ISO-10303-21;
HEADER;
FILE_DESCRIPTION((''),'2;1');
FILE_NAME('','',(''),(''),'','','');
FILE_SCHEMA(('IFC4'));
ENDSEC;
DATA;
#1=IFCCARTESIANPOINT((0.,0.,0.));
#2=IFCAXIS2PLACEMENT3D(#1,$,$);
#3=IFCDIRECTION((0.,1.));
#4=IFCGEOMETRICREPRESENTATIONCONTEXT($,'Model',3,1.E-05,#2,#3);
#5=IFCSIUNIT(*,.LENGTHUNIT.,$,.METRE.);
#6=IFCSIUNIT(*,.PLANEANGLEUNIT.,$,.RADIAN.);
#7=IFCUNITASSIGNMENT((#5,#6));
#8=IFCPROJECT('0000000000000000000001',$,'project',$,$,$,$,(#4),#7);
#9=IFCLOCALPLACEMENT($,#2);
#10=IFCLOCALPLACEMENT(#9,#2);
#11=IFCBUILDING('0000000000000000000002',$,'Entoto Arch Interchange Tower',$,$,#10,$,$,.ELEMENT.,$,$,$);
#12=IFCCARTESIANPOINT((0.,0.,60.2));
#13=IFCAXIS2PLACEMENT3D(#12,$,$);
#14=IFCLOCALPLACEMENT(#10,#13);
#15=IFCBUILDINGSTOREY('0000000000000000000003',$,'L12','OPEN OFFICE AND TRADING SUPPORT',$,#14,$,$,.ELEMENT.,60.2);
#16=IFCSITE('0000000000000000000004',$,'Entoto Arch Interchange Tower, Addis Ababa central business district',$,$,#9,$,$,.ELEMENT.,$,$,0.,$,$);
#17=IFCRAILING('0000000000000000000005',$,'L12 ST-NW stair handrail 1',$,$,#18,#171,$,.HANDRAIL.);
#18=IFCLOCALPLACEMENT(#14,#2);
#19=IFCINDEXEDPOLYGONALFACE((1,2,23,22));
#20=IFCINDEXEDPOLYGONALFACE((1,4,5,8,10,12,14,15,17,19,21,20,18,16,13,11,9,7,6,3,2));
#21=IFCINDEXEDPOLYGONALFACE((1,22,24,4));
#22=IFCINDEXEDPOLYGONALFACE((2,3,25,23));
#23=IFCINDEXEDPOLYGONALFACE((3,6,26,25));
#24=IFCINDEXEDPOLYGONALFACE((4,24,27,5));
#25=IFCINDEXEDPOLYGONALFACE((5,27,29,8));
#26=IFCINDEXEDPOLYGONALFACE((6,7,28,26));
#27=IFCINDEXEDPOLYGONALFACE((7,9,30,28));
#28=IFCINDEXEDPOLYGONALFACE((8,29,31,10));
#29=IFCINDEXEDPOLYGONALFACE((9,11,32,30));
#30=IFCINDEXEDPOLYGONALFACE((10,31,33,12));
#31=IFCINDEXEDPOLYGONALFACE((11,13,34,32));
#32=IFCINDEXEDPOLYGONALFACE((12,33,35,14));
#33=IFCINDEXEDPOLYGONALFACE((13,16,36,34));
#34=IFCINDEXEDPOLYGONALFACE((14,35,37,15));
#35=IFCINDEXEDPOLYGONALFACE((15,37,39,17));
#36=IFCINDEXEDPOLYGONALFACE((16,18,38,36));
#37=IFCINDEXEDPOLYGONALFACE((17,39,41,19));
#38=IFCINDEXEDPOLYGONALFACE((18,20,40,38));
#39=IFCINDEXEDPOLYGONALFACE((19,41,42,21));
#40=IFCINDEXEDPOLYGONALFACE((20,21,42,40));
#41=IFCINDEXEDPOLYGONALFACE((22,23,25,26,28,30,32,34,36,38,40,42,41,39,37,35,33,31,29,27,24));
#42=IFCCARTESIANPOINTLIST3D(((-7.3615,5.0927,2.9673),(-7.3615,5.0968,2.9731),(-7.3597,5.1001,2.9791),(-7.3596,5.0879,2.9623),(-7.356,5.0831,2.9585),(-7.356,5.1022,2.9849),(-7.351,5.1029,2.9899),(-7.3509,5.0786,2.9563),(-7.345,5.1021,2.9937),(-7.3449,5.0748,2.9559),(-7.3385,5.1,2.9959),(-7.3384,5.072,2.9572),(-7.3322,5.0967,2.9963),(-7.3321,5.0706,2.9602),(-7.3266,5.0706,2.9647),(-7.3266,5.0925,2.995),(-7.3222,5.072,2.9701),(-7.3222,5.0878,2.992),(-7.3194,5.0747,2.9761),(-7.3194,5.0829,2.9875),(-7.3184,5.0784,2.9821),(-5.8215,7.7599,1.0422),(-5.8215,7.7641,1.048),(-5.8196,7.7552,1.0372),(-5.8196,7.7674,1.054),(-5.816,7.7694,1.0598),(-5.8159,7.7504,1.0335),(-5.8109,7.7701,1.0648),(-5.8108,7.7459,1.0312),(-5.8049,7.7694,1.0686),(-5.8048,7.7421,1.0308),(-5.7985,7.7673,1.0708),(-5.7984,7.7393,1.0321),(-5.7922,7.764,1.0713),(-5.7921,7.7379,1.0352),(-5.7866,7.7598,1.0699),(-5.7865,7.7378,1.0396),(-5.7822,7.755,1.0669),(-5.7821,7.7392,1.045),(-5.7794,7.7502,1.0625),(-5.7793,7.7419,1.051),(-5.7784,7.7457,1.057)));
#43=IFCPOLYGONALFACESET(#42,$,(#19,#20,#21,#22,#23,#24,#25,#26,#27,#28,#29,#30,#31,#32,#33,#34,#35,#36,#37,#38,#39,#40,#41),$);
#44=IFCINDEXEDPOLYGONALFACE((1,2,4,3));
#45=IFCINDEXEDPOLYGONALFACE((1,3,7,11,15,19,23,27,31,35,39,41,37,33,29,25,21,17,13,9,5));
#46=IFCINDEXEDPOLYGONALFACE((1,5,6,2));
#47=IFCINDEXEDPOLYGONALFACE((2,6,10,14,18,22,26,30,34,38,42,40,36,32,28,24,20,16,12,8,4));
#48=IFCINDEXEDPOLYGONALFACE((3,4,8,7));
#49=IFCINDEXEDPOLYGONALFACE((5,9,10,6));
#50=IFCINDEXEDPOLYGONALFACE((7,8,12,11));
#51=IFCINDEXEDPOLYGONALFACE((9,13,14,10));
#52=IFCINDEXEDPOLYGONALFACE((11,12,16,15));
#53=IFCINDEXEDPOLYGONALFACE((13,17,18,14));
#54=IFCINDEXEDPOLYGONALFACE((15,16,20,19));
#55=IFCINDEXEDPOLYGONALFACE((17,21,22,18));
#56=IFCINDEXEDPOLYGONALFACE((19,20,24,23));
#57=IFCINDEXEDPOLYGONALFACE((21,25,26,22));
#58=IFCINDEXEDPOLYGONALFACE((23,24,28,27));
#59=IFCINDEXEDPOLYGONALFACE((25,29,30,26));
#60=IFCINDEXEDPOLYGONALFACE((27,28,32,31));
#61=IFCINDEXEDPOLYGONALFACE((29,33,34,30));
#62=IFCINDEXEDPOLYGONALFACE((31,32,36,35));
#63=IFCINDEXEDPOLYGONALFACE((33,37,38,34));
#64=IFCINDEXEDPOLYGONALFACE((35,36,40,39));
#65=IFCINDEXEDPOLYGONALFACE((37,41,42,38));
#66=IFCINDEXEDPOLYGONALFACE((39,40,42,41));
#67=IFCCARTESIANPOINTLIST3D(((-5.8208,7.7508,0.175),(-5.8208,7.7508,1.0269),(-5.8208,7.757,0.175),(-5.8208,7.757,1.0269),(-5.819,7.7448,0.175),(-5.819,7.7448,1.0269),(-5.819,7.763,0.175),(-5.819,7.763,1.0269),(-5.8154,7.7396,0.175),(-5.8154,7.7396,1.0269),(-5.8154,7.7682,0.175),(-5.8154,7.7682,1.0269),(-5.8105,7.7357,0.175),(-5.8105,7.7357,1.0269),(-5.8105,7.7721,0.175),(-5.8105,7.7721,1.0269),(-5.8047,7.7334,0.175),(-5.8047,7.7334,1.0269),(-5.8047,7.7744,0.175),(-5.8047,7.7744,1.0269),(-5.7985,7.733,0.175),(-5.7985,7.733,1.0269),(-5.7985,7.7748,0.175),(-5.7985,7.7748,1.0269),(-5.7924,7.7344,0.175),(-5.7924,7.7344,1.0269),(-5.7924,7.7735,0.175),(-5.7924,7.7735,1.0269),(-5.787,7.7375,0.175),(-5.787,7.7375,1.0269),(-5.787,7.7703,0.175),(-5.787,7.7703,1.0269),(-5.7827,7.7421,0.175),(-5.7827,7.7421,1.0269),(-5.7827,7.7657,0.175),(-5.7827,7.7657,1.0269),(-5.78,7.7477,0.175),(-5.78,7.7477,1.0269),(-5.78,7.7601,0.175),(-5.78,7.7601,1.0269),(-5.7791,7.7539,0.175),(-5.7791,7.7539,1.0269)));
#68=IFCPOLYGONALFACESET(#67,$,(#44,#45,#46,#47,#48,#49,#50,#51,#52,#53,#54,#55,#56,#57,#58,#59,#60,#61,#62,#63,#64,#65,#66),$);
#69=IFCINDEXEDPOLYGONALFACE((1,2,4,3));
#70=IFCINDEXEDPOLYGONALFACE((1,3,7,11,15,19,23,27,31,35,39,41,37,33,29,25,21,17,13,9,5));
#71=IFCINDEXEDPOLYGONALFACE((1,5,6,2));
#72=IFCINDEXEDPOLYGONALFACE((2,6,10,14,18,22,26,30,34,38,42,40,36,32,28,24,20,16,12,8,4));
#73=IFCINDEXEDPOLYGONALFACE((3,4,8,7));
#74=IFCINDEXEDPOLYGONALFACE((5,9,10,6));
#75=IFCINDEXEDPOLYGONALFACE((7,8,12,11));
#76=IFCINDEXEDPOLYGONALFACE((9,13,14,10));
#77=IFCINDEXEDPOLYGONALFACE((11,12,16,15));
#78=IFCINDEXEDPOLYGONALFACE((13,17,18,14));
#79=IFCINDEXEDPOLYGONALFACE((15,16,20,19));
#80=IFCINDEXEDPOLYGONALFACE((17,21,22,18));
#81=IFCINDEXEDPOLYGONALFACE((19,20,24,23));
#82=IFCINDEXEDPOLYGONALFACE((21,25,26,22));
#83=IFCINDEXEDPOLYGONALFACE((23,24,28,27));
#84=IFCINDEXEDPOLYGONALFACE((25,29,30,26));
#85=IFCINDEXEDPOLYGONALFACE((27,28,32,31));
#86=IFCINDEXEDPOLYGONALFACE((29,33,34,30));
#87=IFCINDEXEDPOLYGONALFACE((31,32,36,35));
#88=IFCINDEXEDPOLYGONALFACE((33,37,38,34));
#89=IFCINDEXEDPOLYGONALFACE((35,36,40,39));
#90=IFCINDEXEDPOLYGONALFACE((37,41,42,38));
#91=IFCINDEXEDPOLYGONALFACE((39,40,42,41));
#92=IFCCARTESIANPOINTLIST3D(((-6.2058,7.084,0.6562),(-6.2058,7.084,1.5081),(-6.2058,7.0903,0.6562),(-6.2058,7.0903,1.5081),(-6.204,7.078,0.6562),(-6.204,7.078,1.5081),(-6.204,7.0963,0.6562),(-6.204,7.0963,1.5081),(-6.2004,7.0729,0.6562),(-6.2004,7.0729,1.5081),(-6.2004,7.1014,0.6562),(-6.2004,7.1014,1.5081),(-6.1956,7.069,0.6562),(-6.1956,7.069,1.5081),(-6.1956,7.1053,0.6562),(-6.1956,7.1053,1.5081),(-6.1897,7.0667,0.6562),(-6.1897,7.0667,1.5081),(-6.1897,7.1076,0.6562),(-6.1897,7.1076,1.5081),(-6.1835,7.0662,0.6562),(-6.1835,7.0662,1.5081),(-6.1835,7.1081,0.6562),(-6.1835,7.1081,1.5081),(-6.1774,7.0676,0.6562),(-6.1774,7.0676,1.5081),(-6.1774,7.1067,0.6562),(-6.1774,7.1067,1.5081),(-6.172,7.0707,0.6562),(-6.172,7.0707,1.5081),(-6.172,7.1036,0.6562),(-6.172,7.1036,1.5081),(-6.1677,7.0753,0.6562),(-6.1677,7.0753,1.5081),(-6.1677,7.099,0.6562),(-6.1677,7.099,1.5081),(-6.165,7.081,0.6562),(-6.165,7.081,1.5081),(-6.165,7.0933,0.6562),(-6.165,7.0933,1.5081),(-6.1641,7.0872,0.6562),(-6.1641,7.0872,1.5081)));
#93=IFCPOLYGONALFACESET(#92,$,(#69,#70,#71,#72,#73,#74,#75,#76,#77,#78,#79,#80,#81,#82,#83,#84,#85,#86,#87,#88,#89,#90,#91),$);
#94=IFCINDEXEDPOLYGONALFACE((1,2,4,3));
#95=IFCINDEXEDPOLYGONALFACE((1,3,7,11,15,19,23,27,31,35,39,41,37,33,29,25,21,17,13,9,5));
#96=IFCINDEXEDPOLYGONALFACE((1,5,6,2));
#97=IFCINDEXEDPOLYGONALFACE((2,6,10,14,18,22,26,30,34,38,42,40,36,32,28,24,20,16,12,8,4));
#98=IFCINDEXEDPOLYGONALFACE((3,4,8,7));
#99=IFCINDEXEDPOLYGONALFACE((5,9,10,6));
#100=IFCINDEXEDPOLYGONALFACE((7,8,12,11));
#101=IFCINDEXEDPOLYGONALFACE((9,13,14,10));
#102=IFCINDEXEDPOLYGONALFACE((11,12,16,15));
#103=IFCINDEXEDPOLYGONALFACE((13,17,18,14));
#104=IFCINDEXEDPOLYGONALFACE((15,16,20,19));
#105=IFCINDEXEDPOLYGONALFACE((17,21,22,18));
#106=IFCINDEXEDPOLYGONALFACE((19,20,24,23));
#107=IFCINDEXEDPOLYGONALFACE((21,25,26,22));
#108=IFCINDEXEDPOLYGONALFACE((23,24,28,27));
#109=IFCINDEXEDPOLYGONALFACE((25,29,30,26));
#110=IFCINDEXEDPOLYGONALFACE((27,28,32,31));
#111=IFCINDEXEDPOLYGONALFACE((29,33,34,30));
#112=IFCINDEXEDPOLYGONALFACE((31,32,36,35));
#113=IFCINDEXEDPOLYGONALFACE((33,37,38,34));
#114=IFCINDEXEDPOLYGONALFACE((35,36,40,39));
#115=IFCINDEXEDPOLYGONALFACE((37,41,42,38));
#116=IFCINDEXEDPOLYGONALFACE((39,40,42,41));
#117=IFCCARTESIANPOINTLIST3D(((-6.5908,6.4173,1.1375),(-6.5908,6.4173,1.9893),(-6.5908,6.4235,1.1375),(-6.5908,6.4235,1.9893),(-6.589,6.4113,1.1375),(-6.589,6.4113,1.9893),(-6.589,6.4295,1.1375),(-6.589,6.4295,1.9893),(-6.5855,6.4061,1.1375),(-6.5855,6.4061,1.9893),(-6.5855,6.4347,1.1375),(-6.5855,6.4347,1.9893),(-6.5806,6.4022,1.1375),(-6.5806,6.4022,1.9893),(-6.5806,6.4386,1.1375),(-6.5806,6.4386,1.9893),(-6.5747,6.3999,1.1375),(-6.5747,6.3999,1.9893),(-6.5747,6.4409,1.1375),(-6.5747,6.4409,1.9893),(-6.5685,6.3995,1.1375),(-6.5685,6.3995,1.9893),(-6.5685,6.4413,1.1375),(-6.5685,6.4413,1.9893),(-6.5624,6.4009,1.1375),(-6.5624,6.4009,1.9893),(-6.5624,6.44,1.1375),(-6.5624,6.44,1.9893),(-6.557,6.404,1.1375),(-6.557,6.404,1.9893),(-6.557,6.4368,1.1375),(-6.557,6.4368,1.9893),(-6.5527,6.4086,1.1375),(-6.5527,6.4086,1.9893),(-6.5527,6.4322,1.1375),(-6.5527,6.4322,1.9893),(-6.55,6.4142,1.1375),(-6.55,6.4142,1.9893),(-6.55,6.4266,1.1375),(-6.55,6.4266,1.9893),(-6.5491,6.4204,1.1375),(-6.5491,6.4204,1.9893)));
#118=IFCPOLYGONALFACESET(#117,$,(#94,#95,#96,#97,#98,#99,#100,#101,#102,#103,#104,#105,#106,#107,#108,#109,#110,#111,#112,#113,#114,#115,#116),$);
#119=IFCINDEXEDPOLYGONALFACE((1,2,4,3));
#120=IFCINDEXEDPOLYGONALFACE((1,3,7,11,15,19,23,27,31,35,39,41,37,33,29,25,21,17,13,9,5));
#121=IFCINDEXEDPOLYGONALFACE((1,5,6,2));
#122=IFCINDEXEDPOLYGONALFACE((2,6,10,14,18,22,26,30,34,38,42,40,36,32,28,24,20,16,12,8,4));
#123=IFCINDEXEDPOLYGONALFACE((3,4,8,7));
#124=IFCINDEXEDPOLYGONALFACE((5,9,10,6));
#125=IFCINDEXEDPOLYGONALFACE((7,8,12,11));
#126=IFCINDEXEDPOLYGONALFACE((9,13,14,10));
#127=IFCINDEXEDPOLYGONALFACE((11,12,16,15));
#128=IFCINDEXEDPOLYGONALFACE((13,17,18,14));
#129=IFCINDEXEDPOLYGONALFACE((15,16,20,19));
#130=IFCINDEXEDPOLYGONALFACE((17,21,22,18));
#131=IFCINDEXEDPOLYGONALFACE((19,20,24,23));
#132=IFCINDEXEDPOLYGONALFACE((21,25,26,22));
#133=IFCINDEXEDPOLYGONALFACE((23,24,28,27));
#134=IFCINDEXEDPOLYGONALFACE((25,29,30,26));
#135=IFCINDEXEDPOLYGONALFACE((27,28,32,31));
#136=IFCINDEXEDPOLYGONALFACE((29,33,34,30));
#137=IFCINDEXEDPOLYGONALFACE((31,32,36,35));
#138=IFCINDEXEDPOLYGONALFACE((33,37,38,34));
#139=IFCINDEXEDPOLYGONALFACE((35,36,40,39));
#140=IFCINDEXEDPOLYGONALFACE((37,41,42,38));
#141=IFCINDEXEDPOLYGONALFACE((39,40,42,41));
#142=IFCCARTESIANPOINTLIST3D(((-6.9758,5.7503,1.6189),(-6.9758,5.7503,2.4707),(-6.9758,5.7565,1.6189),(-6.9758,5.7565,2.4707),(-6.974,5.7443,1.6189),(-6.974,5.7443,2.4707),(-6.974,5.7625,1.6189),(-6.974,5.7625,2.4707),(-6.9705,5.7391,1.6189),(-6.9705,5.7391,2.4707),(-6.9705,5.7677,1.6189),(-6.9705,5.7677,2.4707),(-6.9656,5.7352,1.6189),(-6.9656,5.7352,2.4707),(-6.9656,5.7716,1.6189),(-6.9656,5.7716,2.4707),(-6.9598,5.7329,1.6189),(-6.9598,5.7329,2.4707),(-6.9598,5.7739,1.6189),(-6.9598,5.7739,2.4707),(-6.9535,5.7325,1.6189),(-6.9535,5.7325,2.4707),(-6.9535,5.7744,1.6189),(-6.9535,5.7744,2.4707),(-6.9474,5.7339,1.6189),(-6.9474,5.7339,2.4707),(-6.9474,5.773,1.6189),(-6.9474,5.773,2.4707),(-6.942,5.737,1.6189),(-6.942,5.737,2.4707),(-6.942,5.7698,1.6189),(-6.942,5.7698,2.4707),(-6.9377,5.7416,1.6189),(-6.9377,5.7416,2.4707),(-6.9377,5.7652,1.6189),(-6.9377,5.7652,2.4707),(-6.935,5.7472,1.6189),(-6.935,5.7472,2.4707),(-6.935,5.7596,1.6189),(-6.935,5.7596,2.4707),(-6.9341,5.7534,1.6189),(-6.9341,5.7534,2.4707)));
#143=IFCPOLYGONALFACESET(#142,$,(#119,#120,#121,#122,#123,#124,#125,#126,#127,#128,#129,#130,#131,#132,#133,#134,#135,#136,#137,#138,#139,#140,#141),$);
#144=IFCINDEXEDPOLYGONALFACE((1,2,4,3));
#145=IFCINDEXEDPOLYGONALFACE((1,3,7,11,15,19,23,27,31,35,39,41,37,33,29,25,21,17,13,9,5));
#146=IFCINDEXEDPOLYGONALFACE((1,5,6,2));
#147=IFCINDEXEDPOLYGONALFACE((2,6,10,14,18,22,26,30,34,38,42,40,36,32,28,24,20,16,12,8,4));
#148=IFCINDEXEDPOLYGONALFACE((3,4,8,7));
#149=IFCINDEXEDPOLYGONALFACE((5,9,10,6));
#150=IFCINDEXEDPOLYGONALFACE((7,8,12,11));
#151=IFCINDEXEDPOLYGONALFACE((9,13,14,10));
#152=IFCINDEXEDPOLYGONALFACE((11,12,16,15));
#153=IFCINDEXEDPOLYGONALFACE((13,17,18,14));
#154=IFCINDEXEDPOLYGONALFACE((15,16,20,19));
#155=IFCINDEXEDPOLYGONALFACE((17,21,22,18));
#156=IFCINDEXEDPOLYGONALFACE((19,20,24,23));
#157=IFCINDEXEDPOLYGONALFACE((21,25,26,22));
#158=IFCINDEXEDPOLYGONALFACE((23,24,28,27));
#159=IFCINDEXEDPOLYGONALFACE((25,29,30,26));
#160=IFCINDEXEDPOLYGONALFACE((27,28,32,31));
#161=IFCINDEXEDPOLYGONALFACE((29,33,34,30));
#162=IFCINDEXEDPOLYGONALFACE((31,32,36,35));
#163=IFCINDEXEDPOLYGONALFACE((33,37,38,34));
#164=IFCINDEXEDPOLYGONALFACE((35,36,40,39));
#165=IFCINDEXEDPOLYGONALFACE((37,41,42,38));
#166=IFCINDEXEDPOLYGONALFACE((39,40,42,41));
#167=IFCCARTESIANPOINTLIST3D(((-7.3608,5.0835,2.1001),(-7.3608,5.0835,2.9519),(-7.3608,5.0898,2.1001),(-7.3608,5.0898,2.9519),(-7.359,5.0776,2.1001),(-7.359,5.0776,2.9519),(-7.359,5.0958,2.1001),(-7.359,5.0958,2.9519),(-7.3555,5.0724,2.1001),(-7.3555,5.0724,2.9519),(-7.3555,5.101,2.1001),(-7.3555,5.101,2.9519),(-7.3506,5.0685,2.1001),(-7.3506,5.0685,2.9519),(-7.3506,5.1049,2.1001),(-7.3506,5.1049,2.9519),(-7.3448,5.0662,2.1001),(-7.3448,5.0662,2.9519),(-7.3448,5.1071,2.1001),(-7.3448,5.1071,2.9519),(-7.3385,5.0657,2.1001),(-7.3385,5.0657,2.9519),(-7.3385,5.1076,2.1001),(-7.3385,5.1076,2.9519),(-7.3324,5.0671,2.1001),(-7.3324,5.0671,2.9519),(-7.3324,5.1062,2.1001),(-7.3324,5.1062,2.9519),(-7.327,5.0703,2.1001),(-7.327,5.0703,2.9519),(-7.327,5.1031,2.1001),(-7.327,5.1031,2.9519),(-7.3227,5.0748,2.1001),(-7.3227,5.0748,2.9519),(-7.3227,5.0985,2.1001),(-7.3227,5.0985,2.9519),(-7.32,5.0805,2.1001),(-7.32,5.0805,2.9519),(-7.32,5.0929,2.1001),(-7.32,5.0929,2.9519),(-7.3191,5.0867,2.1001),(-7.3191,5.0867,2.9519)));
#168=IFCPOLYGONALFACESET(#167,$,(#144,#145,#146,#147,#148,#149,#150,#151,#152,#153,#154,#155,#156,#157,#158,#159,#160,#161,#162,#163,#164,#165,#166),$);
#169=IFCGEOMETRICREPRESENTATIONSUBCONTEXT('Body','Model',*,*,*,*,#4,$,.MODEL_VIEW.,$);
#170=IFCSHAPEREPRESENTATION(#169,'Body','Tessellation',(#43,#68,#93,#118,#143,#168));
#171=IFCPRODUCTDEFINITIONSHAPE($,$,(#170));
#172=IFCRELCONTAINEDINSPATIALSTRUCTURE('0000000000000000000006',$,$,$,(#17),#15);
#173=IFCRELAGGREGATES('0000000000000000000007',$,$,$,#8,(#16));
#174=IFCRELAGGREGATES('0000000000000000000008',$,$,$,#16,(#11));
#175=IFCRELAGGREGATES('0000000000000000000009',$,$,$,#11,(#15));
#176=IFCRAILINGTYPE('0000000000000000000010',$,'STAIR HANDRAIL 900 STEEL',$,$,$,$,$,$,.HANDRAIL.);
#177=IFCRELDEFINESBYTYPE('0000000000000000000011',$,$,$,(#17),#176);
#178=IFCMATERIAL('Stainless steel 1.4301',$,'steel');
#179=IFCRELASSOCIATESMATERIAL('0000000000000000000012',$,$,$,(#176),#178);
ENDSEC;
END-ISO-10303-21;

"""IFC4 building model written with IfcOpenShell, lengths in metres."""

from ifc_helpers import new_model, si_unit, direction, frame, origin, origin_2d, place, context, subcontext, project, spatial, circle, extrude, material, type_object, element, save


model = new_model("IFC4")

# Units and contexts
model_context = context("Model", 3, precision=1e-05, world=origin(), true_north=direction((0.0, 1.0)))
body_context = subcontext(model_context, "Body", "Model", "MODEL_VIEW")
ifc_project = project(units=[si_unit("LENGTHUNIT", "METRE"), si_unit("PLANEANGLEUNIT", "RADIAN")], contexts=[model_context])

# Site, building, storey
site_placement = place(None, origin())
site = spatial("IfcSite", under=ifc_project, at=site_placement, Name="Entoto Arch Interchange Tower, Addis Ababa central business district", CompositionType="ELEMENT", RefElevation=0.0)
building_placement = place(site_placement, origin())
building = spatial("IfcBuilding", under=site, at=building_placement, Name="Entoto Arch Interchange Tower", CompositionType="ELEMENT")
storey_placement = place(building_placement, frame((0.0, 0.0, 60.2)))
storey = spatial("IfcBuildingStorey", under=building, at=storey_placement, Name="L12", Description="OPEN OFFICE AND TRADING SUPPORT", CompositionType="ELEMENT", Elevation=60.2)

# Railing
ifc_material_1 = material(Name="Stainless steel 1.4301", Category="steel")
railing_type_1 = type_object("IfcRailingType", Name="STAIR HANDRAIL 900 STEEL", PredefinedType="HANDRAIL", material=ifc_material_1)
railing_1_placement = place(storey_placement, frame((-5.8, 7.7539, 0.175)))
element("IfcRailing", 1, at=railing_1_placement, inside=storey, type_object=railing_type_1, Name="L12 ST-NW stair handrail 1", PredefinedType="HANDRAIL", context=body_context, shape_type="SweptSolid", body=[
    extrude(circle(Radius=0.0239, at=origin_2d()), frame((0.0, 0.0, 0.876), z_axis=(-0.424015, -0.734364, 0.530019), x_axis=(0.86601, -0.500027, 0.0)), (0.0, 0.0, 1.0), 3.6321),
    extrude(circle(Radius=0.021, at=origin_2d()), origin(), (0.0, 0.0, 1.0), 0.8518),
    extrude(circle(Radius=0.021, at=origin_2d()), frame((-0.385, -0.6667, 0.4812)), (0.0, 0.0, 1.0), 0.8518),
    extrude(circle(Radius=0.021, at=origin_2d()), frame((-0.77, -1.3335, 0.9624)), (0.0, 0.0, 1.0), 0.8518),
    extrude(circle(Radius=0.021, at=origin_2d()), frame((-1.155, -2.0005, 1.4438)), (0.0, 0.0, 1.0), 0.8518),
    extrude(circle(Radius=0.021, at=origin_2d()), frame((-1.54, -2.6672, 1.925)), (0.0, 0.0, 1.0), 0.8518),
])

save(model, "model.ifc")
